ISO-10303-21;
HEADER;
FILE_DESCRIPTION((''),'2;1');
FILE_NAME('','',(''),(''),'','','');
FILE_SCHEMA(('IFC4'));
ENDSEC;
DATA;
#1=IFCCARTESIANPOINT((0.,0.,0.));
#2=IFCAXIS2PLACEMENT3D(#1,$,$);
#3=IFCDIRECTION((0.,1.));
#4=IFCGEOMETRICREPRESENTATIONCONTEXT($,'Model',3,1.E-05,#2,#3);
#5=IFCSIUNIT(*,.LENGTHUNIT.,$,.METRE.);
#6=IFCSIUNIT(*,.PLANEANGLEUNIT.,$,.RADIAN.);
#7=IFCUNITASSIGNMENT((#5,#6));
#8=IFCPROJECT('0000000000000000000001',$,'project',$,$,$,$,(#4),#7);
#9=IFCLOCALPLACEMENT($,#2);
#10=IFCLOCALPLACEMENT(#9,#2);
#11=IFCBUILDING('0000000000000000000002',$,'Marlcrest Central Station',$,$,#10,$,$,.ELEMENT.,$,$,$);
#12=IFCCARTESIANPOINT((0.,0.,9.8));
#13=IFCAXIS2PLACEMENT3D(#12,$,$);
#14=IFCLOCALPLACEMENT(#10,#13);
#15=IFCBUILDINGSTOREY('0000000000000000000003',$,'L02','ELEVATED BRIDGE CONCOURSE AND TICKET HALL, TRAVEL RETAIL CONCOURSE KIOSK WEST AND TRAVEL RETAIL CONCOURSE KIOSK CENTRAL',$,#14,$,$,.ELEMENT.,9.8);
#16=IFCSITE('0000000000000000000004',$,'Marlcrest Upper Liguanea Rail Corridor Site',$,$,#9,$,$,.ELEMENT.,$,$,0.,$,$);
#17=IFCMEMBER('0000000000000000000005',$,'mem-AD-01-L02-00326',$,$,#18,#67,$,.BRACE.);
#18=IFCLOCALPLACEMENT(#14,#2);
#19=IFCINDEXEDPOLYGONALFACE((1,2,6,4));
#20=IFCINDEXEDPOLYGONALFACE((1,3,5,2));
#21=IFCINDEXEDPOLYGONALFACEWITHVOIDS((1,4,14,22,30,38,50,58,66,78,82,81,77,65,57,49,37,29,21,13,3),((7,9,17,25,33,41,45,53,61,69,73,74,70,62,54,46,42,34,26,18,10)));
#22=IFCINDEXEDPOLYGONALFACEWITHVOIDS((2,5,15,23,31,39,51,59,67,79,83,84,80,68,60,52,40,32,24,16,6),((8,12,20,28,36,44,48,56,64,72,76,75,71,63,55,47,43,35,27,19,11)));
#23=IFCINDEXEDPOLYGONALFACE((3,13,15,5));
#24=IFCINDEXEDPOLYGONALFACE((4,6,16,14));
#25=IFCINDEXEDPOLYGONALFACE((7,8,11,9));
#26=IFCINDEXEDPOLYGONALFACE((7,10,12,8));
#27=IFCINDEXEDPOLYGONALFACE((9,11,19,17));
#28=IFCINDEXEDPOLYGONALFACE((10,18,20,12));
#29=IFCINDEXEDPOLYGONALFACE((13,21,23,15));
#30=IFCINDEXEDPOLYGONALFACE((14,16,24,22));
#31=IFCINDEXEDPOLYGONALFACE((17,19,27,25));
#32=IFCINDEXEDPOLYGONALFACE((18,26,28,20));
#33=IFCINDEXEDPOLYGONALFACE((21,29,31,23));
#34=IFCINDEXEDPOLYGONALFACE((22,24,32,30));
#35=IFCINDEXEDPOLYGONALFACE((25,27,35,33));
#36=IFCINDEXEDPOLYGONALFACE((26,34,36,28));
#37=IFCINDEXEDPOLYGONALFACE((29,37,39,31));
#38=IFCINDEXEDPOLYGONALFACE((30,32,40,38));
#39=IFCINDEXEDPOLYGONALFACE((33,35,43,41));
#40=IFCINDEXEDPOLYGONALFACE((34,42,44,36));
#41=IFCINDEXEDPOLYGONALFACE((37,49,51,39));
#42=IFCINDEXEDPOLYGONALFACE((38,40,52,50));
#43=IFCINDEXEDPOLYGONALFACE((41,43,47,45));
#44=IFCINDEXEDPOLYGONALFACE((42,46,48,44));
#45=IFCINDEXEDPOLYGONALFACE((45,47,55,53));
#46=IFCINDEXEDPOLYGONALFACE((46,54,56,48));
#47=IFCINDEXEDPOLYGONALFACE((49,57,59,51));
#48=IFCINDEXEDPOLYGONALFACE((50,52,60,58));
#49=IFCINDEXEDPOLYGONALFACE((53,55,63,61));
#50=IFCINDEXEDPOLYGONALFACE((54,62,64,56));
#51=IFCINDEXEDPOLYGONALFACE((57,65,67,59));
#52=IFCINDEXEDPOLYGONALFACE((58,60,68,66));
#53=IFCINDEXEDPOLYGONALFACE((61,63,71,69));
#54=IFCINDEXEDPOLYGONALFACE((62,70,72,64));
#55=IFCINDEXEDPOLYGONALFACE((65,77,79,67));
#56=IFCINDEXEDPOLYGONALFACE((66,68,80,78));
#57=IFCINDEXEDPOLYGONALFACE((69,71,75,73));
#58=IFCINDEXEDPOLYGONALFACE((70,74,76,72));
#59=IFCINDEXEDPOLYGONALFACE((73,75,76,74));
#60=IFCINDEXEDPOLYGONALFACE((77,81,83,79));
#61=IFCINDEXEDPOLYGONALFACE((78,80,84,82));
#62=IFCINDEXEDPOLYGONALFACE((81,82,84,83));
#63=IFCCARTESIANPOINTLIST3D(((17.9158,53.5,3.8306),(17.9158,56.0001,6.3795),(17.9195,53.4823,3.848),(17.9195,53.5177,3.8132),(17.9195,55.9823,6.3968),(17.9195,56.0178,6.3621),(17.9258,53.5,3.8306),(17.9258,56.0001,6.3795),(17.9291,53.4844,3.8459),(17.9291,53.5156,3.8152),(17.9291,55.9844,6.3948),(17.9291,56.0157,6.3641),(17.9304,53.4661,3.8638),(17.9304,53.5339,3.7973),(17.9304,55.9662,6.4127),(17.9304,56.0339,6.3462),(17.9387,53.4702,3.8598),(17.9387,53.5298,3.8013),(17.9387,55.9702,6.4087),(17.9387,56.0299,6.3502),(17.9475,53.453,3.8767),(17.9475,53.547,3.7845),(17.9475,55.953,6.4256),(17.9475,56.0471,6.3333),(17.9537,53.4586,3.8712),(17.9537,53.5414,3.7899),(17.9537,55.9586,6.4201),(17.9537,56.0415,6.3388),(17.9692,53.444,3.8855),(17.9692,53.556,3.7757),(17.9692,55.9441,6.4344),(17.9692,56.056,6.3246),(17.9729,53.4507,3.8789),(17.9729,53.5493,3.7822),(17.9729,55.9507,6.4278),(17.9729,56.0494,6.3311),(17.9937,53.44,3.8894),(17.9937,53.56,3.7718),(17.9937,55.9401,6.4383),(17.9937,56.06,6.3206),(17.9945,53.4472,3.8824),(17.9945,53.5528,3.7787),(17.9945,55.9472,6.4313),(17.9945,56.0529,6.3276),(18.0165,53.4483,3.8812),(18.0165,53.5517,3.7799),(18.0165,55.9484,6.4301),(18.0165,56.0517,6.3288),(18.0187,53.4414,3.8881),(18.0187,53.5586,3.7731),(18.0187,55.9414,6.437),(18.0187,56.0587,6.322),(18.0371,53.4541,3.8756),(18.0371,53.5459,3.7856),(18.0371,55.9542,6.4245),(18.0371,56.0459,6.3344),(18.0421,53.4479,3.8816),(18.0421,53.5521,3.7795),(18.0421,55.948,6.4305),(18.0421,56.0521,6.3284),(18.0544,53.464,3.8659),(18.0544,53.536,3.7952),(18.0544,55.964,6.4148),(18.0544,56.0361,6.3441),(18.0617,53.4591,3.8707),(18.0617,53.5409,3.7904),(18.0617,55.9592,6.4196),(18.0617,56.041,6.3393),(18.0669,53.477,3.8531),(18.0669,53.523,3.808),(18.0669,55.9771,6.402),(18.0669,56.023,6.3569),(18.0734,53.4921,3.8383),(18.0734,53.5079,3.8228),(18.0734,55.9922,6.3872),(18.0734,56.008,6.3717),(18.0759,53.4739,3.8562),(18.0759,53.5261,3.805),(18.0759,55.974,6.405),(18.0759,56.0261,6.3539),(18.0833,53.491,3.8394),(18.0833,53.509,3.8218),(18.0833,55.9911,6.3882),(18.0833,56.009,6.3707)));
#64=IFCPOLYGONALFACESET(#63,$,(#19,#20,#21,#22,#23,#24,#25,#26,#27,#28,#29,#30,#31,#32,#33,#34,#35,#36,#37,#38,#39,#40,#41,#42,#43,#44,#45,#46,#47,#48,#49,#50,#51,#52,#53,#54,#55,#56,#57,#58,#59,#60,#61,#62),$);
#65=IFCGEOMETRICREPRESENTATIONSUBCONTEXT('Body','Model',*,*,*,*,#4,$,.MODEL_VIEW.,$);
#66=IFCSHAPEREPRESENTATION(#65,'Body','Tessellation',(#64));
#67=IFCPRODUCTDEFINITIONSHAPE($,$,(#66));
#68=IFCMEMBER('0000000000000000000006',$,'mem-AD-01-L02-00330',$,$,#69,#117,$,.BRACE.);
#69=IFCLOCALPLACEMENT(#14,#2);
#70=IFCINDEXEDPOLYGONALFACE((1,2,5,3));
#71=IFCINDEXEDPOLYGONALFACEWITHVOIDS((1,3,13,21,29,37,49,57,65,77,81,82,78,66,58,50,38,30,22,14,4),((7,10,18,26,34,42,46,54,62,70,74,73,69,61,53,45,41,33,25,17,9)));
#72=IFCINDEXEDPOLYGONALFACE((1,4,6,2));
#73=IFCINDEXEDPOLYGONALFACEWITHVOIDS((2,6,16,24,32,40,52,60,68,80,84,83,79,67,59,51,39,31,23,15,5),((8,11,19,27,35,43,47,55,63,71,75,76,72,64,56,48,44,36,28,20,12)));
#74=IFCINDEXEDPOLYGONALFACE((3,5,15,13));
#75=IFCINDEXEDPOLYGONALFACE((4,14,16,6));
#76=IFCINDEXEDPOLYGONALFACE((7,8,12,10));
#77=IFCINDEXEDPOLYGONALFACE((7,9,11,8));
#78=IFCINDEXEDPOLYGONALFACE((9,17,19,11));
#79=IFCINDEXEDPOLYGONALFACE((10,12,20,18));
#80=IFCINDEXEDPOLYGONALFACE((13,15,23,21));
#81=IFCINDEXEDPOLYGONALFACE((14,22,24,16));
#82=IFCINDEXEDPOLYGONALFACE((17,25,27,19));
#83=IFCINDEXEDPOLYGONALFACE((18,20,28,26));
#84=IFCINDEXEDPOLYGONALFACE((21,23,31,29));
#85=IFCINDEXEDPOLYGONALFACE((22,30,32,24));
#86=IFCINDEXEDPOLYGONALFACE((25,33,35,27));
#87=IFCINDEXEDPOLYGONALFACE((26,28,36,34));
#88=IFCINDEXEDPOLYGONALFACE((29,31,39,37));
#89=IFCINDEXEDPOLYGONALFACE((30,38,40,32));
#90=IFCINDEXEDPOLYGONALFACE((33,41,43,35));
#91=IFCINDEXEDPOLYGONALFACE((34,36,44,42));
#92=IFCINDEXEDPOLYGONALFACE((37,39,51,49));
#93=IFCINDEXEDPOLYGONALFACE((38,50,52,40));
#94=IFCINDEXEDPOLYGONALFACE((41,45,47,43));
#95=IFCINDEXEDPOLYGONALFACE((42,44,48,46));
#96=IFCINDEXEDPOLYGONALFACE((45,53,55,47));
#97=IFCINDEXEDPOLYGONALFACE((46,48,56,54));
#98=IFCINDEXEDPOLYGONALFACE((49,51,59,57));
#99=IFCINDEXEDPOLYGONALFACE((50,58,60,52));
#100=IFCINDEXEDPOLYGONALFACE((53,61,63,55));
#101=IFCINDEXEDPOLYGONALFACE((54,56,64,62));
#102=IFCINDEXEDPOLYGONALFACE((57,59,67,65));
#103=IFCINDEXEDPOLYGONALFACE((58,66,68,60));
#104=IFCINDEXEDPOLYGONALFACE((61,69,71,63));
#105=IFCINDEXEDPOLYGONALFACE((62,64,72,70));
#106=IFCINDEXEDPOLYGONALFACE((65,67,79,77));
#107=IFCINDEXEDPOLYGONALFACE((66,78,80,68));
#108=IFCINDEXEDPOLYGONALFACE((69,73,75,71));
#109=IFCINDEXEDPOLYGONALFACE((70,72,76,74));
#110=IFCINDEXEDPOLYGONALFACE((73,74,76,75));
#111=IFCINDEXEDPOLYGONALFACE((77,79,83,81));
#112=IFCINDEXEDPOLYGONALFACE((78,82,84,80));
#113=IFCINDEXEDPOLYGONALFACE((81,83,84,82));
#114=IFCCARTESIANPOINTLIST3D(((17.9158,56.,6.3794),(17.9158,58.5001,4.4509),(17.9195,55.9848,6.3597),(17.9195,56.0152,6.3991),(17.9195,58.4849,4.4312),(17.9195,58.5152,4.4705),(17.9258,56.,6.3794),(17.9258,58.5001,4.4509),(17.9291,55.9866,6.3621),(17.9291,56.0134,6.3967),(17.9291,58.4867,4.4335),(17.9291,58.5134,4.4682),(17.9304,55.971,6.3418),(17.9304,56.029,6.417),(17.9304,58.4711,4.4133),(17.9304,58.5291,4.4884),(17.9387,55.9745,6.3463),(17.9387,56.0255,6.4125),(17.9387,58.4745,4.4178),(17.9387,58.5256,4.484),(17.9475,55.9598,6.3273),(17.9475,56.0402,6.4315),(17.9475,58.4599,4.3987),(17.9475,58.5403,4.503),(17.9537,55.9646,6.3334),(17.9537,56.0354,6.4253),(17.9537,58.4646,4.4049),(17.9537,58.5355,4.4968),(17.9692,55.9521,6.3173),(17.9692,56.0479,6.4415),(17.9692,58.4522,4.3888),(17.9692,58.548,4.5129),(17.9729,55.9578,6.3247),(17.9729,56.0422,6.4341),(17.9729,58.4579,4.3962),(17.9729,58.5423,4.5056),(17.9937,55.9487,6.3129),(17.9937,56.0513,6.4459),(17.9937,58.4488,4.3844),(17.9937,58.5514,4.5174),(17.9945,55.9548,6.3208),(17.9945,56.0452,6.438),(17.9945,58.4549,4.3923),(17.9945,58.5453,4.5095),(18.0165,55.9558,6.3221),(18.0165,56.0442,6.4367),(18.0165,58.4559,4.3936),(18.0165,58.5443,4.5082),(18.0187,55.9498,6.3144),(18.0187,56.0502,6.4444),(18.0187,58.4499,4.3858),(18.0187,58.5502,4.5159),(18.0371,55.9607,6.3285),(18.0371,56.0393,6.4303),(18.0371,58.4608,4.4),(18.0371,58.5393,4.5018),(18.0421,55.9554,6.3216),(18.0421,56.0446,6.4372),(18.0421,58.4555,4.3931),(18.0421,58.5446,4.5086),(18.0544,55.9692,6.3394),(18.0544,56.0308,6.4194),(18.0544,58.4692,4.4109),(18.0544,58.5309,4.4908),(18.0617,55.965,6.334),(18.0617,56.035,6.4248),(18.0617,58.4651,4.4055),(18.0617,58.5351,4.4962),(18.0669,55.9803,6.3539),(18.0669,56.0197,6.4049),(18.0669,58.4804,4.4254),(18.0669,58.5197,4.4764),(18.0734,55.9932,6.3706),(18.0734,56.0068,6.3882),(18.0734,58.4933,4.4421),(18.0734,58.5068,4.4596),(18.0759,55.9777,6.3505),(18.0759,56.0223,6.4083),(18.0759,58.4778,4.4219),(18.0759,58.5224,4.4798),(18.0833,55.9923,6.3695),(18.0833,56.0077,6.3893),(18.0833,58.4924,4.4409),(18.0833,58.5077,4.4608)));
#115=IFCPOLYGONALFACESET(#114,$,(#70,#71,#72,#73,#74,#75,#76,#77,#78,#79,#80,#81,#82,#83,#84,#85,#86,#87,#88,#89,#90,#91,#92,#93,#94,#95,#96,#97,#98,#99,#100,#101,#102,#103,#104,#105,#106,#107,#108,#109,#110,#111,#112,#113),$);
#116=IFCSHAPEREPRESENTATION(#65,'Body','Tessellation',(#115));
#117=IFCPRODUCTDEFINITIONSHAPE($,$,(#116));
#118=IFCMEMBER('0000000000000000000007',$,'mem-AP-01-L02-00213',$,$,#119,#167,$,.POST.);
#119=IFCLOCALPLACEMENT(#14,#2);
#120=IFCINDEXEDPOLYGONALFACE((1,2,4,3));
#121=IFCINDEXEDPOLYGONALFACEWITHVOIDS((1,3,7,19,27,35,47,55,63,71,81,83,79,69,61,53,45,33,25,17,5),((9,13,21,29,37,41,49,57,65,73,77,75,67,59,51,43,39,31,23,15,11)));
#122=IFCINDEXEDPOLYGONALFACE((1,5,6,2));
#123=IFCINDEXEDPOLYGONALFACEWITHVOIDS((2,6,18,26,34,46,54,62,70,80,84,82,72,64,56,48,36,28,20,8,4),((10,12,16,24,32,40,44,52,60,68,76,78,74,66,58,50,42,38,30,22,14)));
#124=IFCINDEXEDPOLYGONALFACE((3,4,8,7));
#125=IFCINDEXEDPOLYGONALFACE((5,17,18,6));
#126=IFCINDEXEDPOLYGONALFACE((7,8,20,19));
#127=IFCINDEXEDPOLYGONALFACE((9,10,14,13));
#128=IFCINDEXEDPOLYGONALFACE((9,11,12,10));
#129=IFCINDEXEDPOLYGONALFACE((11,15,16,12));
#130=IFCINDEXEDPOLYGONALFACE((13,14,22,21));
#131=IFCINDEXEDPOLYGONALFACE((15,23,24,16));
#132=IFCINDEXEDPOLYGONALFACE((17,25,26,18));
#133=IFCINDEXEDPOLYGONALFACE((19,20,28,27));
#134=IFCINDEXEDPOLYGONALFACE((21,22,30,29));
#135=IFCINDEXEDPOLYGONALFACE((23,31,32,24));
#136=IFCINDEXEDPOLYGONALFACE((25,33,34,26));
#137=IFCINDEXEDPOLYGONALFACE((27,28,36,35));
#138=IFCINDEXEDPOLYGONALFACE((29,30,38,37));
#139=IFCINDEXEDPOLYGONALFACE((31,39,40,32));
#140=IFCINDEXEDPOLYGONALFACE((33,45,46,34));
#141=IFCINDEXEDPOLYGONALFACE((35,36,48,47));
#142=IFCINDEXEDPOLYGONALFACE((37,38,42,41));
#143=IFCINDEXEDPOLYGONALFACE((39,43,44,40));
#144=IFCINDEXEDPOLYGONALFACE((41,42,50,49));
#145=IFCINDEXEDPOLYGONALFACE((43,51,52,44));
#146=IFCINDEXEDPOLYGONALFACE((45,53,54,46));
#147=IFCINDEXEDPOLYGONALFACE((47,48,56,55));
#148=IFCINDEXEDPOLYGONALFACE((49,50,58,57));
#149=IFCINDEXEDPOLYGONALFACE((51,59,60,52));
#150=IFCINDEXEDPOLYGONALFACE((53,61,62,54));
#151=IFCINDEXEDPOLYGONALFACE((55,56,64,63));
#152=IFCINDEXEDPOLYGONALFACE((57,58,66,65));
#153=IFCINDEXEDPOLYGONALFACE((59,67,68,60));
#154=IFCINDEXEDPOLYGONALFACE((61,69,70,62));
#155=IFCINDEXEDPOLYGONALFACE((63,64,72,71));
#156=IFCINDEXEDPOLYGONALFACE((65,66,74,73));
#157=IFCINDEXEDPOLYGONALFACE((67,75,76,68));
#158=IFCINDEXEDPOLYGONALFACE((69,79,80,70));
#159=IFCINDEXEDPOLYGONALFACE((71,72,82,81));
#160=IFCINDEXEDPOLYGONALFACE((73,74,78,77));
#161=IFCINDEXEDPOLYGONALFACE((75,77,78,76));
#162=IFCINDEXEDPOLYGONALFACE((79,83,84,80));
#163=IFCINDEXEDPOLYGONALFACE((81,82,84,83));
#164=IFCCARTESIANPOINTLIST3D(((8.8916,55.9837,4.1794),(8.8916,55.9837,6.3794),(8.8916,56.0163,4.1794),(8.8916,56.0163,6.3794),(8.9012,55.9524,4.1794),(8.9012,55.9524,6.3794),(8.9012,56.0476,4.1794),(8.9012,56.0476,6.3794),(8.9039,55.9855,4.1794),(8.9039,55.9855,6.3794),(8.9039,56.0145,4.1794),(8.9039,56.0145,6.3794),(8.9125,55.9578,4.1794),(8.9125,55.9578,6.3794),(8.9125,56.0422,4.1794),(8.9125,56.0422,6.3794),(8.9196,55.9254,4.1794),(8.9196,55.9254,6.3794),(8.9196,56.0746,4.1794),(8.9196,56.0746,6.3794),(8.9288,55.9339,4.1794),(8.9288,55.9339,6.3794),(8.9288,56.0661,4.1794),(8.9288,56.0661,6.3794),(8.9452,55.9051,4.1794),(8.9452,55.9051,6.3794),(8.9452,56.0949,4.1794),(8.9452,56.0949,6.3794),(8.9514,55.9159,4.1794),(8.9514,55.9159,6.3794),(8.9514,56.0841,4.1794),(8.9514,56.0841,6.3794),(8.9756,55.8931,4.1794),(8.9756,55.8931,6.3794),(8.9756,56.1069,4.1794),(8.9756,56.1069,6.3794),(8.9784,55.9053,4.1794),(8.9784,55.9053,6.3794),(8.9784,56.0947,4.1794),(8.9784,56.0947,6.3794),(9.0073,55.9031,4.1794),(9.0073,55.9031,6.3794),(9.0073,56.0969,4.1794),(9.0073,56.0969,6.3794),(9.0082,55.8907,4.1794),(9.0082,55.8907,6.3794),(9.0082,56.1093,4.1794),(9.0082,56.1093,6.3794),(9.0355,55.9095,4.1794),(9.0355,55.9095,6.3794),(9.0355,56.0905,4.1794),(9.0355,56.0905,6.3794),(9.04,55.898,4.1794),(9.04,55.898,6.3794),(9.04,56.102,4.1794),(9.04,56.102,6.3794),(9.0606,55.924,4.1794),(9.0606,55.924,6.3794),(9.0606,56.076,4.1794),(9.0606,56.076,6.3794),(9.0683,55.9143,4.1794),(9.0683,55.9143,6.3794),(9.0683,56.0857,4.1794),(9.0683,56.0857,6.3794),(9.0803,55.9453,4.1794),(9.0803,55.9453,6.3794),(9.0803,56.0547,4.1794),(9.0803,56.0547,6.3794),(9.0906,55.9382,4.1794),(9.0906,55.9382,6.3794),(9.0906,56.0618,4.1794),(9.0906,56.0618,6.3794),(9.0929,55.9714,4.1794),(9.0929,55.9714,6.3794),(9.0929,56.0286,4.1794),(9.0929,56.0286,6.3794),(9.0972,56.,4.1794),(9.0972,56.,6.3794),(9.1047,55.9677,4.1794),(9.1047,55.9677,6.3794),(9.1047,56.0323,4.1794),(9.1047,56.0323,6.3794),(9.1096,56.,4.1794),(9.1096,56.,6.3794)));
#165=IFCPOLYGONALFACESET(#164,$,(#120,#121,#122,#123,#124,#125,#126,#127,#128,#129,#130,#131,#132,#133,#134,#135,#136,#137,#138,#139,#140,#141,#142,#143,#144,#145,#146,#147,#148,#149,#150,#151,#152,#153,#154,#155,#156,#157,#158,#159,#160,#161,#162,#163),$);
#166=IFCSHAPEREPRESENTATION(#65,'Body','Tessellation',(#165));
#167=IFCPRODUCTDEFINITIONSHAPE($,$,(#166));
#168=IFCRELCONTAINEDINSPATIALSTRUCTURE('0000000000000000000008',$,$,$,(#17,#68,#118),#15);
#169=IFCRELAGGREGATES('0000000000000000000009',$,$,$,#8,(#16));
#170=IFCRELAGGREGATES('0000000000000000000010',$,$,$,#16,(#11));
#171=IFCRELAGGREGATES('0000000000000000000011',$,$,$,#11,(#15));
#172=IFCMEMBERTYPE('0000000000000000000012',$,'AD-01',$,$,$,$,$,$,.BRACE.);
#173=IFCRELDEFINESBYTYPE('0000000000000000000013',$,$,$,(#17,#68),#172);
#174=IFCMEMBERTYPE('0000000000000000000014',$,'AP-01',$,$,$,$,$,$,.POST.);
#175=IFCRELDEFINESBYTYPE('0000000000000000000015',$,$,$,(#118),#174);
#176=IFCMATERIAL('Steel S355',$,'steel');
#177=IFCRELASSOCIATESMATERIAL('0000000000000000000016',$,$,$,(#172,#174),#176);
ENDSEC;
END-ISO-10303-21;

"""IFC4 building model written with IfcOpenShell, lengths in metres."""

from ifc_helpers import new_model, si_unit, direction, frame, origin, origin_2d, place, context, subcontext, project, spatial, hollow_circle, extrude, material, material_profile, profile_set, type_object, element, save


model = new_model("IFC4")

# Units and contexts
model_context = context("Model", 3, precision=1e-05, world=origin(), true_north=direction((0.0, 1.0)))
body_context = subcontext(model_context, "Body", "Model", "MODEL_VIEW")
ifc_project = project(units=[si_unit("LENGTHUNIT", "METRE"), si_unit("PLANEANGLEUNIT", "RADIAN")], contexts=[model_context])

# Site, building, storey
site_placement = place(None, origin())
site = spatial("IfcSite", under=ifc_project, at=site_placement, Name="Marlcrest Upper Liguanea Rail Corridor Site", CompositionType="ELEMENT", RefElevation=0.0)
building_placement = place(site_placement, origin())
building = spatial("IfcBuilding", under=site, at=building_placement, Name="Marlcrest Central Station", CompositionType="ELEMENT")
storey_placement = place(building_placement, frame((0.0, 0.0, 9.8)))
storey = spatial("IfcBuildingStorey", under=building, at=storey_placement, Name="L02", Description="ELEVATED BRIDGE CONCOURSE AND TICKET HALL, TRAVEL RETAIL CONCOURSE KIOSK WEST AND TRAVEL RETAIL CONCOURSE KIOSK CENTRAL", CompositionType="ELEMENT", Elevation=9.8)

# Members
ifc_material = material(Name="Steel S355", Category="steel")
ifc_material_profile_1 = material_profile(ifc_material, hollow_circle(Radius=0.0842, WallThickness=0.01, at=origin_2d()), Name="CHS 168.3x10")
ifc_profile_set_1 = profile_set([ifc_material_profile_1], Name="Steel S355")
member_type_1 = type_object("IfcMemberType", Name="AD-01", PredefinedType="BRACE", material=ifc_profile_set_1)
member_1_placement = place(storey_placement, frame((18.0, 53.5, 3.8306), z_axis=(0.0, 0.700235, 0.713912), x_axis=(-1.0, 0.0, 0.0)))
element("IfcMember", 1, at=member_1_placement, inside=storey, type_object=member_type_1, Name="mem-AD-01-L02-00326", PredefinedType="BRACE", context=body_context, shape_type="SweptSolid", body=[
    extrude(hollow_circle(Radius=0.0842, WallThickness=0.01, at=origin_2d()), origin(), (0.0, 0.0, 1.0), 3.5703),
])
member_2_placement = place(storey_placement, frame((18.0, 56.0, 6.3794), z_axis=(0.0, 0.791798, -0.610783), x_axis=(-1.0, 0.0, 0.0)))
element("IfcMember", 2, at=member_2_placement, inside=storey, type_object=member_type_1, Name="mem-AD-01-L02-00330", PredefinedType="BRACE", context=body_context, shape_type="SweptSolid", body=[
    extrude(hollow_circle(Radius=0.0842, WallThickness=0.01, at=origin_2d()), origin(), (0.0, 0.0, 1.0), 3.1575),
])
ifc_material_profile_2 = material_profile(ifc_material, hollow_circle(Radius=0.1096, WallThickness=0.0125, at=origin_2d()), Name="CHS 219.1x12.5")
ifc_profile_set_2 = profile_set([ifc_material_profile_2], Name="Steel S355")
member_type_2 = type_object("IfcMemberType", Name="AP-01", PredefinedType="POST", material=ifc_profile_set_2)
for number, where, z_axis, x_axis, name in (
    (3, (9.0, 56.0, 4.1794), (0.0, 0.0, 1.0), (1.0, 0.0, 0.0), "mem-AP-01-L02-00213"),
):
    element("IfcMember", number, at=place(storey_placement, frame(where, z_axis=z_axis, x_axis=x_axis)), inside=storey, type_object=member_type_2, Name=name, PredefinedType="POST", context=body_context, shape_type="SweptSolid", body=[
        extrude(hollow_circle(Radius=0.1096, WallThickness=0.0125, at=origin_2d()), origin(), (0.0, 0.0, 1.0), 2.2),
    ])

save(model, "model.ifc")
